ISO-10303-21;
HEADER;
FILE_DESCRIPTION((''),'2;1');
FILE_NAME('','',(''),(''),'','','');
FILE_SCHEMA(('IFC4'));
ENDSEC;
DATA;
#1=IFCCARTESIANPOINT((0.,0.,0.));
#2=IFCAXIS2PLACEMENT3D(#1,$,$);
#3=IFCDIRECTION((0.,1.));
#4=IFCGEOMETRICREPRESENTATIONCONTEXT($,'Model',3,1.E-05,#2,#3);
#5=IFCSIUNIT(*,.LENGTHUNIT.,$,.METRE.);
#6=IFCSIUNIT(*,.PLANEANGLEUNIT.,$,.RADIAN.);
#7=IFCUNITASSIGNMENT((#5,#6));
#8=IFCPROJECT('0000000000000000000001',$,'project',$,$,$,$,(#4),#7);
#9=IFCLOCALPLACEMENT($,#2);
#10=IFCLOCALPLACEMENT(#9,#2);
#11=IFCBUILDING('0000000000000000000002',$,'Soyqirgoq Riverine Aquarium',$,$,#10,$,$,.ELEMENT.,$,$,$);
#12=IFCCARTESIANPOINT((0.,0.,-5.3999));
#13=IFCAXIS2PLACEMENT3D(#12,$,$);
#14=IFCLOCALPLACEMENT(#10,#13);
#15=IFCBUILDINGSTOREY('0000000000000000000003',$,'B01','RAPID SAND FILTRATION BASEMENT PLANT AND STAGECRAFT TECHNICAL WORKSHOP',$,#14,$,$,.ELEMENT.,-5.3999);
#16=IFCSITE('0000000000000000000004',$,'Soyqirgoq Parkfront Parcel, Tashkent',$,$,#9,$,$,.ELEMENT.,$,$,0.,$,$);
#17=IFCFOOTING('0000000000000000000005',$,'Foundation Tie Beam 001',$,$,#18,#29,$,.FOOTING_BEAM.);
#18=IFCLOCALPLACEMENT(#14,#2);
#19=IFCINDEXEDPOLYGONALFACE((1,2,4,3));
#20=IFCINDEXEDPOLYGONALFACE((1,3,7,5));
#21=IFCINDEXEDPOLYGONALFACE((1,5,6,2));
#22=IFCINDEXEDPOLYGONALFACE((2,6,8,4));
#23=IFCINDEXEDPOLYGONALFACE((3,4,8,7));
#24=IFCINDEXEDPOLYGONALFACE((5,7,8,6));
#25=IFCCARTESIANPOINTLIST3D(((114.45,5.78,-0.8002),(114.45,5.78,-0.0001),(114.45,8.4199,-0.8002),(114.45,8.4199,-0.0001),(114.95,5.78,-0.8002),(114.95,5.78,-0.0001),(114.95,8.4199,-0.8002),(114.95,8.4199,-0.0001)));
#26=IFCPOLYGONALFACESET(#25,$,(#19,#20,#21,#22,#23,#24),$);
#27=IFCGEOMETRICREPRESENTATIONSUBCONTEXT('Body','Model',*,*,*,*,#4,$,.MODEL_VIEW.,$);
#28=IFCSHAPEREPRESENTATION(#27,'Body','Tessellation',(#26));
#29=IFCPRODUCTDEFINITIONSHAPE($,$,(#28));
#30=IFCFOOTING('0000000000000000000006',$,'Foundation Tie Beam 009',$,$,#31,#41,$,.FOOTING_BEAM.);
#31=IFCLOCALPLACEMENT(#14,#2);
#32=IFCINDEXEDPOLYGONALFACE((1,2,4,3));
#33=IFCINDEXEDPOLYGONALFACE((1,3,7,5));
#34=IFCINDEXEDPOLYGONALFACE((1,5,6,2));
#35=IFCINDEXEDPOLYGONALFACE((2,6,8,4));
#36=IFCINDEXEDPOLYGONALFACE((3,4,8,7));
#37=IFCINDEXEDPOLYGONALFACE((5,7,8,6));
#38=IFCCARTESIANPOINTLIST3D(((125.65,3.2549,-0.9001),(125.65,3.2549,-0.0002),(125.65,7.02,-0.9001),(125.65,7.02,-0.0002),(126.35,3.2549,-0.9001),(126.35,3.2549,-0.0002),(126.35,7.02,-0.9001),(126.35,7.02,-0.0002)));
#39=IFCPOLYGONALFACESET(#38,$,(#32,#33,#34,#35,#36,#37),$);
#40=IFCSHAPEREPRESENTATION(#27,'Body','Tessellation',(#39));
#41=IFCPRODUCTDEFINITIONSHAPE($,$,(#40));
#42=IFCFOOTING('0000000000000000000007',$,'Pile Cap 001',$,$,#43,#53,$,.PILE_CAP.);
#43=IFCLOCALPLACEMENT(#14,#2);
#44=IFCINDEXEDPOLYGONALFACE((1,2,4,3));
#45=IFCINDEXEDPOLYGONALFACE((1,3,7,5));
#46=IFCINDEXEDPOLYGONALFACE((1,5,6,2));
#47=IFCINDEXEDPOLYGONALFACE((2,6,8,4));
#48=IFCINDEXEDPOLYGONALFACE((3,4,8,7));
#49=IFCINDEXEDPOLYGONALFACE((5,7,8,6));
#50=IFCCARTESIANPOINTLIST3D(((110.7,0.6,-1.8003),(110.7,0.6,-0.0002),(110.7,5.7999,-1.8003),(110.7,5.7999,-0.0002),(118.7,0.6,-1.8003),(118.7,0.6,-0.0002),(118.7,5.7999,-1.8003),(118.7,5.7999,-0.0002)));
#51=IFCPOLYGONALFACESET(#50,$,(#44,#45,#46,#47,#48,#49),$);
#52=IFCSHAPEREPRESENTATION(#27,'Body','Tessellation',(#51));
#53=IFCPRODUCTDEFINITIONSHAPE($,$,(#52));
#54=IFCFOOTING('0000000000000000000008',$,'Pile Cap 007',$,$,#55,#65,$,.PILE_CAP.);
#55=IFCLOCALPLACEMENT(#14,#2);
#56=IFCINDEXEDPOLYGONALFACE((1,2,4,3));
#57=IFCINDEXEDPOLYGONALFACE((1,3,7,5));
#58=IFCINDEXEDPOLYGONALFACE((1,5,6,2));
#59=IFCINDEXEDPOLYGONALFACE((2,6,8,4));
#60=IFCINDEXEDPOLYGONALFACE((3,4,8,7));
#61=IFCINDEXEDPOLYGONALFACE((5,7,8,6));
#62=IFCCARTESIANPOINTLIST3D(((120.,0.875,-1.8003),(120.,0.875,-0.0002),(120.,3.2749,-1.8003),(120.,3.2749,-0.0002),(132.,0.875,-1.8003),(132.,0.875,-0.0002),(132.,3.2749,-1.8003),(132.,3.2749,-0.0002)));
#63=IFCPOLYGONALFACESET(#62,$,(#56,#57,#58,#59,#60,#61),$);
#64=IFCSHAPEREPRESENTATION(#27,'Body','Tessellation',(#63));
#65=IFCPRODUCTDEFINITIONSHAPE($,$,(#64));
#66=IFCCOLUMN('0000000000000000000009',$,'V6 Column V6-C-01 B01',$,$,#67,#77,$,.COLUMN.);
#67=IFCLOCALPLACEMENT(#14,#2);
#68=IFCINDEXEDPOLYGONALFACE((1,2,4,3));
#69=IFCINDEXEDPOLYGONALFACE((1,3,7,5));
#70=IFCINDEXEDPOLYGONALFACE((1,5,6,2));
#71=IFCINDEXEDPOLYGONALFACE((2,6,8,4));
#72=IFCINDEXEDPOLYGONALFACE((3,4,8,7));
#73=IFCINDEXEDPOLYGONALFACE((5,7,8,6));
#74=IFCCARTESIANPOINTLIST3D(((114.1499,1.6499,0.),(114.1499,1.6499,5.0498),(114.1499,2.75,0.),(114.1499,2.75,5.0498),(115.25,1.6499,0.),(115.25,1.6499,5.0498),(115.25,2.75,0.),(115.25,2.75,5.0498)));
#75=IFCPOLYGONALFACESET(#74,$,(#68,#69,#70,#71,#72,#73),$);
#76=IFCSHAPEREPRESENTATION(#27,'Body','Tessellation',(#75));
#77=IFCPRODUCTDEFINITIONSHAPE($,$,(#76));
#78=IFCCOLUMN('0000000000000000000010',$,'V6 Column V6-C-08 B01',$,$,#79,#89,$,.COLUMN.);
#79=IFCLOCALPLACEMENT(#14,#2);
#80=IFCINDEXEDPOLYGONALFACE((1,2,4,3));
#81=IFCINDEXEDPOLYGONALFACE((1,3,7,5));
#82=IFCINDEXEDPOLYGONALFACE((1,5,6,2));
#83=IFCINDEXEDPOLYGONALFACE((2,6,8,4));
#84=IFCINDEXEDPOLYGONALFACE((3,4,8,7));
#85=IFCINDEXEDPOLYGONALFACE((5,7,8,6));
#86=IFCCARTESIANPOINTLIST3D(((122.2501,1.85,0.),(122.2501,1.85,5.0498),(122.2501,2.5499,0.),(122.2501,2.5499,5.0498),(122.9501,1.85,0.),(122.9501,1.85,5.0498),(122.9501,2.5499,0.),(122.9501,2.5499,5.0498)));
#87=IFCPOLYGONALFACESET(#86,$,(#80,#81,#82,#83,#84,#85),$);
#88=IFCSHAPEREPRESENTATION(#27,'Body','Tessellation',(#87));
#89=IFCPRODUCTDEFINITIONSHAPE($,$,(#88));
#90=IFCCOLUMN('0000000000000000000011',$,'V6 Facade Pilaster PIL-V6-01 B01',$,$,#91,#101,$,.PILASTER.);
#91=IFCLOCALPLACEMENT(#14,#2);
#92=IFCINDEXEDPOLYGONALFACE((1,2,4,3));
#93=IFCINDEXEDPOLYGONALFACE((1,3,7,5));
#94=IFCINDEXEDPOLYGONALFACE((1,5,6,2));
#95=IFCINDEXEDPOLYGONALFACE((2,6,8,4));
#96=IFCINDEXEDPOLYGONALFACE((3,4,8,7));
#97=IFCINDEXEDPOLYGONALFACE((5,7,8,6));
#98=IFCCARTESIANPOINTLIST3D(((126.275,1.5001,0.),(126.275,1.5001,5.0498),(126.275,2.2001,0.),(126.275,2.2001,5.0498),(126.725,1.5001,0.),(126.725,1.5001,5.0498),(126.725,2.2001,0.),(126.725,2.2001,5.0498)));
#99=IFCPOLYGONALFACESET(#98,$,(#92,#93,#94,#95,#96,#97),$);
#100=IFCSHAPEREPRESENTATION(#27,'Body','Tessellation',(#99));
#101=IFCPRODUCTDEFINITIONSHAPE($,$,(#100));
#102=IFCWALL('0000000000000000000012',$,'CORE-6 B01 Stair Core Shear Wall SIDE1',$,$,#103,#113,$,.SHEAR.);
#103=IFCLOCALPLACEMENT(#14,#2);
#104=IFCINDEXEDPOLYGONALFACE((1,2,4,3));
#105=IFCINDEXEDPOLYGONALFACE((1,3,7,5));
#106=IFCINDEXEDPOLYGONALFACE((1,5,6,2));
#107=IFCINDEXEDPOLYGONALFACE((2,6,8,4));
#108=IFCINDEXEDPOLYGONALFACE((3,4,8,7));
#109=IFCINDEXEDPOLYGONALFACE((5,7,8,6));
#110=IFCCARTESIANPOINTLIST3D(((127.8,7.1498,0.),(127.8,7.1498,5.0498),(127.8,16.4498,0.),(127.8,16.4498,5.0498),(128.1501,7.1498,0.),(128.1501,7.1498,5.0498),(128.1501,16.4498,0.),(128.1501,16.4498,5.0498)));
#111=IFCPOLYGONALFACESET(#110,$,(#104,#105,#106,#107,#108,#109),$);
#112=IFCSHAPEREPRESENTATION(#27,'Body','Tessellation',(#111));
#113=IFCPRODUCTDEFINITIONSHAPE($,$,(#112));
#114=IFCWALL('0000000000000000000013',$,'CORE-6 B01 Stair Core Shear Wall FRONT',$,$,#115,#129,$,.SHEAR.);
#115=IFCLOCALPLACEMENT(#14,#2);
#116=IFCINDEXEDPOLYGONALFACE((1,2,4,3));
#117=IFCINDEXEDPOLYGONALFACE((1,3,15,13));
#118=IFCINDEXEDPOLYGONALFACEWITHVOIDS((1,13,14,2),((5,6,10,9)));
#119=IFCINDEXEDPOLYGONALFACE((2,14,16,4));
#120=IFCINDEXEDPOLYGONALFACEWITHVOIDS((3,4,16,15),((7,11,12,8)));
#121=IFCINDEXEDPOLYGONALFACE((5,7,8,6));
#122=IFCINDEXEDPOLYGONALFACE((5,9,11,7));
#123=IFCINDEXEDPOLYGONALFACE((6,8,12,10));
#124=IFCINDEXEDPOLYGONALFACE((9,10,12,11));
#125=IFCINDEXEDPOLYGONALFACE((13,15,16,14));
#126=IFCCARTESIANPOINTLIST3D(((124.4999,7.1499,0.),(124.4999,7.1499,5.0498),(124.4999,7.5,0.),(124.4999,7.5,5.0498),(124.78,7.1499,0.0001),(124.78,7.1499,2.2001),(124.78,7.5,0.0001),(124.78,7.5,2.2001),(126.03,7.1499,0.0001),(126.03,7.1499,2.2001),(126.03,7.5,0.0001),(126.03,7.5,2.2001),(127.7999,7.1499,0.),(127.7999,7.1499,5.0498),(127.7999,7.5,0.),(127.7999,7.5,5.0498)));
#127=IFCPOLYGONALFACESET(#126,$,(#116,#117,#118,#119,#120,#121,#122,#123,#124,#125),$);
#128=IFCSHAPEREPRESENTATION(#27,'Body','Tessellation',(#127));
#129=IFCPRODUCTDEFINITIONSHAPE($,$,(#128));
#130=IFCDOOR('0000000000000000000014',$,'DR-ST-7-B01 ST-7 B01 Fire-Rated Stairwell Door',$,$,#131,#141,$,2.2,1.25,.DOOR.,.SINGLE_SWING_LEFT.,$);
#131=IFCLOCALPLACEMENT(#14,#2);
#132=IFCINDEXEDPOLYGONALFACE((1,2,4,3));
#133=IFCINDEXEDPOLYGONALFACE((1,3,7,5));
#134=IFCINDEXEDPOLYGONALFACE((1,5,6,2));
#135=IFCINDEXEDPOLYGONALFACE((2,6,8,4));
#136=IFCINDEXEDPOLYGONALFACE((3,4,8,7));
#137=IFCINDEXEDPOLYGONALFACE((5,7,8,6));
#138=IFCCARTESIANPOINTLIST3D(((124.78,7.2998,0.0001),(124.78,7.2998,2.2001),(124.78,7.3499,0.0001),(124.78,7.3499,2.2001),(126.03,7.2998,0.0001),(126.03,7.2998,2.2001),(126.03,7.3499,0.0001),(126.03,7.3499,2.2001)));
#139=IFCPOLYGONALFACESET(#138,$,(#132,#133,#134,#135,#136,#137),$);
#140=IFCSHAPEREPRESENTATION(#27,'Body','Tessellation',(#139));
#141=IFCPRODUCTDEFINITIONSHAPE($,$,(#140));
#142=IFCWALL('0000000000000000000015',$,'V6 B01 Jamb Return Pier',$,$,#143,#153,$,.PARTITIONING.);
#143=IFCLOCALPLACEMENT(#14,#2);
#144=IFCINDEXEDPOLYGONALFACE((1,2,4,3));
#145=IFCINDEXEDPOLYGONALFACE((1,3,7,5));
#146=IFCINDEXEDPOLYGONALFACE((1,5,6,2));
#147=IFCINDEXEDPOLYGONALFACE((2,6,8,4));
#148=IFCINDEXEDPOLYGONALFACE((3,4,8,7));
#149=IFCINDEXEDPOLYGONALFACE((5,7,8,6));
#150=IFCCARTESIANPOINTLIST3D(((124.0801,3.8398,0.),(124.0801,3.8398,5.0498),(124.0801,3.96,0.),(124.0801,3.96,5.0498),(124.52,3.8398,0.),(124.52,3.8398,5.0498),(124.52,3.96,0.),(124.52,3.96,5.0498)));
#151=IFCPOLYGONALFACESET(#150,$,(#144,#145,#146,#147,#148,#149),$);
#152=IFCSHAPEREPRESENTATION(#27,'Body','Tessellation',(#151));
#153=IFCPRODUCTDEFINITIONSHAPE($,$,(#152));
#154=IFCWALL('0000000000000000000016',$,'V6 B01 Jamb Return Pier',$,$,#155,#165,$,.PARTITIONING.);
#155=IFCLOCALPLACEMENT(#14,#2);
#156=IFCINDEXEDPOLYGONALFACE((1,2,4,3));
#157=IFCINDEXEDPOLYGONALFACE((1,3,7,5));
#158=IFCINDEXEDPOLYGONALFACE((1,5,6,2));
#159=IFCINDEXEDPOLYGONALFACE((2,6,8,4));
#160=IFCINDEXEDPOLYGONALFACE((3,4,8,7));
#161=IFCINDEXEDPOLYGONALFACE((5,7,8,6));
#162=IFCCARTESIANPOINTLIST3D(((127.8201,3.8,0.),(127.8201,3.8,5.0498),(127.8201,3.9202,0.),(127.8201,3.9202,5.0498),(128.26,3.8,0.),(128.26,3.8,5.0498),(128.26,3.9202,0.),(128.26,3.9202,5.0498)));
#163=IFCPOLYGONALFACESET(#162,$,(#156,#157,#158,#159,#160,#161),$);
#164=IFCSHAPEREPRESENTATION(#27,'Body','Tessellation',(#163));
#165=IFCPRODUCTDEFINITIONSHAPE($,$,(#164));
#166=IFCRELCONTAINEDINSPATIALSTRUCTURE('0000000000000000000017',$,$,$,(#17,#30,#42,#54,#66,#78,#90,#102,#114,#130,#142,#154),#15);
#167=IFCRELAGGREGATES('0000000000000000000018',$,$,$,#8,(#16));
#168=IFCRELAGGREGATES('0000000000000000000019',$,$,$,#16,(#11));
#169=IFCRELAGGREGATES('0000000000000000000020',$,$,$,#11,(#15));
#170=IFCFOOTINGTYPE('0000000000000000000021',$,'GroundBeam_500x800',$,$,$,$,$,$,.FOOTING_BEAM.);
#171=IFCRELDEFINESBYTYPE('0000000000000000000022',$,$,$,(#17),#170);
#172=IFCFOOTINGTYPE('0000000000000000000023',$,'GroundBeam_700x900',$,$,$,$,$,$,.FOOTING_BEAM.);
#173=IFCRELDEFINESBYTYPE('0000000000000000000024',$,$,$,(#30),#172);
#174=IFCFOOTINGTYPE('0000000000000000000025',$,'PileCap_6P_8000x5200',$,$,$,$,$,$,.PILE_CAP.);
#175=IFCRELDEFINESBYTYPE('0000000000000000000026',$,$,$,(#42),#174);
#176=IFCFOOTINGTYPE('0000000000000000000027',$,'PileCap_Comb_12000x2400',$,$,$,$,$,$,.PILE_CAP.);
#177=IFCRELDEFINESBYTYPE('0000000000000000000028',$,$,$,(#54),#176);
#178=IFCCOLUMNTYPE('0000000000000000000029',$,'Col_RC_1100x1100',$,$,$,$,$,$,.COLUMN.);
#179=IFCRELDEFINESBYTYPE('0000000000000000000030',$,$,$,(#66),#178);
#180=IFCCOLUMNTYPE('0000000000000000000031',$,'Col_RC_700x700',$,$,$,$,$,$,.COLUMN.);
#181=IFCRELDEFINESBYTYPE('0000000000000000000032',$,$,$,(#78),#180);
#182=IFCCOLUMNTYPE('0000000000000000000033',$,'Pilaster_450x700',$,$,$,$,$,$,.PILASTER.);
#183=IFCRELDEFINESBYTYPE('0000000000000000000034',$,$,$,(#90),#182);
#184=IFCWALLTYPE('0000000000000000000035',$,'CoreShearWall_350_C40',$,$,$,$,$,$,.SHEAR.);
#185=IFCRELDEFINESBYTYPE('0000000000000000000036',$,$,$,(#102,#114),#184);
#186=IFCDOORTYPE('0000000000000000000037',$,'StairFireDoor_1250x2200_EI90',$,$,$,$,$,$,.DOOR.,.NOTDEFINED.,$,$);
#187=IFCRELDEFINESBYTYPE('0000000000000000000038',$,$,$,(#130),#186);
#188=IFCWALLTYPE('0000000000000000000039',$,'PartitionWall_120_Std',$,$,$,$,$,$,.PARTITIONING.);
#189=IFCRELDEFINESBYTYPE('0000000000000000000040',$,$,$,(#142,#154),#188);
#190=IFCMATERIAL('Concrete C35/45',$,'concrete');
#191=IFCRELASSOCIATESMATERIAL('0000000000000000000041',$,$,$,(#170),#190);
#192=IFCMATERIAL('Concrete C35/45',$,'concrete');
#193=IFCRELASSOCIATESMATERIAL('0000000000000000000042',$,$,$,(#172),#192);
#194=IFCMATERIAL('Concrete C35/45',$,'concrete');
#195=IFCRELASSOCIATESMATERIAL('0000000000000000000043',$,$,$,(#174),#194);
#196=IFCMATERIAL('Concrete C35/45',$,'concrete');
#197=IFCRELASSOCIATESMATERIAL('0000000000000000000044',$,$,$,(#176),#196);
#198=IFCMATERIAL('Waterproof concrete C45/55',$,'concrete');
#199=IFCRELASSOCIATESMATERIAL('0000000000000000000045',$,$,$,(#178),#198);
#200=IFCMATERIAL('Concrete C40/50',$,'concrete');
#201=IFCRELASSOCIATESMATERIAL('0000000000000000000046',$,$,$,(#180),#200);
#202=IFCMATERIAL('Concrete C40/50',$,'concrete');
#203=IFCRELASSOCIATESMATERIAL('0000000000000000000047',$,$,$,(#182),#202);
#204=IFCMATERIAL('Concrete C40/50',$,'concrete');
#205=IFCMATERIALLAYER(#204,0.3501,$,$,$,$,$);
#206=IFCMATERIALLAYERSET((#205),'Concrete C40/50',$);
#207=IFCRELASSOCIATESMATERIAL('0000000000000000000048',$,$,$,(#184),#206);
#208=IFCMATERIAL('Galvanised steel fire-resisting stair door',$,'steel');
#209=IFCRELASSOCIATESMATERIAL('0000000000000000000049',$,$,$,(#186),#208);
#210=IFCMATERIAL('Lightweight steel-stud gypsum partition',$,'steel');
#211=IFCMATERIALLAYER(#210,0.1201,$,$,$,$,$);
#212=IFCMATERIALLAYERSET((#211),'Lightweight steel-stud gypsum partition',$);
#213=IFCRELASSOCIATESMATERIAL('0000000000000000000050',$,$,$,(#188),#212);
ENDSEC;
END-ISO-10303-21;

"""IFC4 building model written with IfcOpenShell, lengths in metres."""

from ifc_helpers import new_model, si_unit, direction, frame, frame_2d, origin, origin_2d, place, context, subcontext, project, spatial, rectangle, extrude, material, layer, layer_set, material_profile, profile_set, type_object, element, fill, save


model = new_model("IFC4")

# Units and contexts
model_context = context("Model", 3, precision=1e-05, world=origin(), true_north=direction((0.0, 1.0)))
body_context = subcontext(model_context, "Body", "Model", "MODEL_VIEW")
ifc_project = project(units=[si_unit("LENGTHUNIT", "METRE"), si_unit("PLANEANGLEUNIT", "RADIAN")], contexts=[model_context])

# Site, building, storey
site_placement = place(None, origin())
site = spatial("IfcSite", under=ifc_project, at=site_placement, Name="Soyqirgoq Parkfront Parcel, Tashkent", CompositionType="ELEMENT", RefElevation=0.0)
building_placement = place(site_placement, origin())
building = spatial("IfcBuilding", under=site, at=building_placement, Name="Soyqirgoq Riverine Aquarium", CompositionType="ELEMENT")
storey_placement = place(building_placement, frame((0.0, 0.0, -5.3999)))
storey = spatial("IfcBuildingStorey", under=building, at=storey_placement, Name="B01", Description="RAPID SAND FILTRATION BASEMENT PLANT AND STAGECRAFT TECHNICAL WORKSHOP", CompositionType="ELEMENT", Elevation=-5.3999)

# Footings
ifc_material_1 = material(Name="Concrete C35/45", Category="concrete")
ifc_material_profile_1 = material_profile(ifc_material_1, rectangle(XDim=0.5, YDim=0.8, at=origin_2d()), Name="RC 500x800")
ifc_profile_set_1 = profile_set([ifc_material_profile_1], Name="Concrete C35/45")
footing_type_1 = type_object("IfcFootingType", Name="GroundBeam_500x800", PredefinedType="FOOTING_BEAM", material=ifc_profile_set_1)
footing_1_placement = place(storey_placement, frame((114.7, 5.78, -0.4001), z_axis=(0.0, 1.0, 0.0), x_axis=(-1.0, 0.0, 0.0)))
element("IfcFooting", 1, at=footing_1_placement, inside=storey, type_object=footing_type_1, Name="Foundation Tie Beam 001", PredefinedType="FOOTING_BEAM", context=body_context, shape_type="SweptSolid", body=[
    extrude(rectangle(XDim=0.5, YDim=0.8, at=origin_2d()), origin(), (0.0, 0.0, 1.0), 2.6399),
])
ifc_material_2 = material(Name="Concrete C35/45", Category="concrete")
ifc_material_profile_2 = material_profile(ifc_material_2, rectangle(XDim=0.7, YDim=0.8999, at=origin_2d()), Name="RC 700x900")
ifc_profile_set_2 = profile_set([ifc_material_profile_2], Name="Concrete C35/45")
footing_type_2 = type_object("IfcFootingType", Name="GroundBeam_700x900", PredefinedType="FOOTING_BEAM", material=ifc_profile_set_2)
footing_2_placement = place(storey_placement, frame((126.0, 3.2549, -0.4502), z_axis=(0.0, 1.0, 0.0), x_axis=(-1.0, 0.0, 0.0)))
element("IfcFooting", 2, at=footing_2_placement, inside=storey, type_object=footing_type_2, Name="Foundation Tie Beam 009", PredefinedType="FOOTING_BEAM", context=body_context, shape_type="SweptSolid", body=[
    extrude(rectangle(XDim=0.7, YDim=0.8999, at=origin_2d()), origin(), (0.0, 0.0, 1.0), 3.7651),
])
ifc_material_3 = material(Name="Concrete C35/45", Category="concrete")
footing_type_3 = type_object("IfcFootingType", Name="PileCap_6P_8000x5200", PredefinedType="PILE_CAP", material=ifc_material_3)
footing_3_placement = place(storey_placement, frame((114.7, 3.2, -1.8003), z_axis=(0.0, 0.0, 1.0), x_axis=(1.0, 0.0, 0.0)))
element("IfcFooting", 3, at=footing_3_placement, inside=storey, type_object=footing_type_3, Name="Pile Cap 001", PredefinedType="PILE_CAP", context=body_context, shape_type="SweptSolid", body=[
    extrude(rectangle(XDim=8.0, YDim=5.2, at=origin_2d()), origin(), (0.0, 0.0, 1.0), 1.8),
])
ifc_material_4 = material(Name="Concrete C35/45", Category="concrete")
footing_type_4 = type_object("IfcFootingType", Name="PileCap_Comb_12000x2400", PredefinedType="PILE_CAP", material=ifc_material_4)
footing_4_placement = place(storey_placement, frame((126.0, 2.075, -1.8003), z_axis=(0.0, 0.0, 1.0), x_axis=(1.0, 0.0, 0.0)))
element("IfcFooting", 4, at=footing_4_placement, inside=storey, type_object=footing_type_4, Name="Pile Cap 007", PredefinedType="PILE_CAP", context=body_context, shape_type="SweptSolid", body=[
    extrude(rectangle(XDim=12.0, YDim=2.3999, at=origin_2d()), origin(), (0.0, 0.0, 1.0), 1.8),
])

# Columns
ifc_material_5 = material(Name="Waterproof concrete C45/55", Category="concrete")
ifc_material_profile_3 = material_profile(ifc_material_5, rectangle(XDim=1.1001, YDim=1.1001, at=origin_2d()), Name="RC 1100x1100")
ifc_profile_set_3 = profile_set([ifc_material_profile_3], Name="Waterproof concrete C45/55")
column_type_1 = type_object("IfcColumnType", Name="Col_RC_1100x1100", PredefinedType="COLUMN", material=ifc_profile_set_3)
column_1_placement = place(storey_placement, frame((114.7, 2.2, 0.0), z_axis=(0.0, 0.0, 1.0), x_axis=(1.0, 0.0, 0.0)))
element("IfcColumn", 5, at=column_1_placement, inside=storey, type_object=column_type_1, Name="V6 Column V6-C-01 B01", PredefinedType="COLUMN", context=body_context, shape_type="SweptSolid", body=[
    extrude(rectangle(XDim=1.1001, YDim=1.1001, at=origin_2d()), origin(), (0.0, 0.0, 1.0), 5.0498),
])
ifc_material_6 = material(Name="Concrete C40/50", Category="concrete")
ifc_material_profile_4 = material_profile(ifc_material_6, rectangle(XDim=0.7, YDim=0.7, at=origin_2d()), Name="RC 700x700")
ifc_profile_set_4 = profile_set([ifc_material_profile_4], Name="Concrete C40/50")
column_type_2 = type_object("IfcColumnType", Name="Col_RC_700x700", PredefinedType="COLUMN", material=ifc_profile_set_4)
column_2_placement = place(storey_placement, frame((122.6001, 2.2, 0.0), z_axis=(0.0, 0.0, 1.0), x_axis=(1.0, 0.0, 0.0)))
element("IfcColumn", 6, at=column_2_placement, inside=storey, type_object=column_type_2, Name="V6 Column V6-C-08 B01", PredefinedType="COLUMN", context=body_context, shape_type="SweptSolid", body=[
    extrude(rectangle(XDim=0.7, YDim=0.7, at=origin_2d()), origin(), (0.0, 0.0, 1.0), 5.0498),
])
ifc_material_7 = material(Name="Concrete C40/50", Category="concrete")
ifc_material_profile_5 = material_profile(ifc_material_7, rectangle(XDim=0.45, YDim=0.7, at=origin_2d()), Name="RC-PIL 450x700")
ifc_profile_set_5 = profile_set([ifc_material_profile_5], Name="Concrete C40/50")
column_type_3 = type_object("IfcColumnType", Name="Pilaster_450x700", PredefinedType="PILASTER", material=ifc_profile_set_5)
column_3_placement = place(storey_placement, frame((126.5, 1.8501, 0.0), z_axis=(0.0, 0.0, 1.0), x_axis=(1.0, 0.0, 0.0)))
element("IfcColumn", 7, at=column_3_placement, inside=storey, type_object=column_type_3, Name="V6 Facade Pilaster PIL-V6-01 B01", PredefinedType="PILASTER", context=body_context, shape_type="SweptSolid", body=[
    extrude(rectangle(XDim=0.45, YDim=0.7, at=origin_2d()), origin(), (0.0, 0.0, 1.0), 5.0498),
])

# Wall
ifc_material_8 = material(Name="Concrete C40/50", Category="concrete")
ifc_layer_1 = layer(ifc_material_8, 0.3501)
ifc_layer_set_1 = layer_set([ifc_layer_1], Name="Concrete C40/50")
wall_type_1 = type_object("IfcWallType", Name="CoreShearWall_350_C40", PredefinedType="SHEAR", material=ifc_layer_set_1)
wall_1_placement = place(storey_placement, frame((127.9751, 7.1499, 0.0), z_axis=(0.0, 0.0, 1.0), x_axis=(0.0, 1.0, 0.0)))
element("IfcWall", 8, at=wall_1_placement, inside=storey, type_object=wall_type_1, Name="CORE-6 B01 Stair Core Shear Wall SIDE1", PredefinedType="SHEAR", context=body_context, shape_type="SweptSolid", body=[
    extrude(rectangle(XDim=9.3, YDim=0.3501, at=frame_2d((4.6499, 0.0))), origin(), (0.0, 0.0, 1.0), 5.0498),
])

# Wall, opening, door
wall_2_placement = place(storey_placement, frame((124.5, 7.325, 0.0), z_axis=(0.0, 0.0, 1.0), x_axis=(1.0, 0.0, 0.0)))
wall_2 = element("IfcWall", 9, at=wall_2_placement, inside=storey, type_object=wall_type_1, Name="CORE-6 B01 Stair Core Shear Wall FRONT", PredefinedType="SHEAR", context=body_context, shape_type="SweptSolid", body=[
    extrude(rectangle(XDim=3.3, YDim=0.3501, at=frame_2d((1.6499, 0.0))), origin(), (0.0, 0.0, 1.0), 5.0498),
])
opening_1_placement = place(wall_2_placement, frame((0.28, 0.0, 0.0)))
opening_1 = element("IfcOpeningElement", 10, at=opening_1_placement, cuts=wall_2, PredefinedType="OPENING", context=body_context, shape_type="SweptSolid", body=[
    extrude(rectangle(XDim=1.25, YDim=2.2, at=frame_2d((0.625, 1.1001))), frame((0.0, 0.1851, 0.0), z_axis=(0.0, -1.0, 0.0), x_axis=(1.0, 0.0, 0.0)), (0.0, 0.0, 1.0), 0.3701),
])
ifc_material_9 = material(Name="Galvanised steel fire-resisting stair door", Category="steel")
door_type_1 = type_object("IfcDoorType", Name="StairFireDoor_1250x2200_EI90", OperationType="NOTDEFINED", PredefinedType="DOOR", material=ifc_material_9)
door_1_placement = place(opening_1_placement, origin())
door_1 = element("IfcDoor", 11, at=door_1_placement, inside=storey, type_object=door_type_1, Name="DR-ST-7-B01 ST-7 B01 Fire-Rated Stairwell Door", OperationType="SINGLE_SWING_LEFT", OverallHeight=2.2, OverallWidth=1.25, PredefinedType="DOOR", context=body_context, shape_type="SweptSolid", body=[
    extrude(rectangle(XDim=1.25, YDim=2.2, at=frame_2d((0.625, 1.1001))), frame((0.0, 0.0249, 0.0), z_axis=(0.0, -1.0, 0.0), x_axis=(1.0, 0.0, 0.0)), (0.0, 0.0, 1.0), 0.05),
])
fill(opening_1, door_1)

# Walls
ifc_material_10 = material(Name="Lightweight steel-stud gypsum partition", Category="steel")
ifc_layer_2 = layer(ifc_material_10, 0.1201)
ifc_layer_set_2 = layer_set([ifc_layer_2], Name="Lightweight steel-stud gypsum partition")
wall_type_2 = type_object("IfcWallType", Name="PartitionWall_120_Std", PredefinedType="PARTITIONING", material=ifc_layer_set_2)
for number, where, z_axis, x_axis, name in (
    (12, (124.0801, 3.8999, 0.0), (0.0, 0.0, 1.0), (1.0, 0.0, 0.0), "V6 B01 Jamb Return Pier"),
    (13, (127.8201, 3.8601, 0.0), (0.0, 0.0, 1.0), (1.0, 0.0, 0.0), "V6 B01 Jamb Return Pier"),
):
    element("IfcWall", number, at=place(storey_placement, frame(where, z_axis=z_axis, x_axis=x_axis)), inside=storey, type_object=wall_type_2, Name=name, PredefinedType="PARTITIONING", context=body_context, shape_type="SweptSolid", body=[
        extrude(rectangle(XDim=0.4399, YDim=0.1201, at=frame_2d((0.22, 0.0))), origin(), (0.0, 0.0, 1.0), 5.0498),
    ])

save(model, "model.ifc")
